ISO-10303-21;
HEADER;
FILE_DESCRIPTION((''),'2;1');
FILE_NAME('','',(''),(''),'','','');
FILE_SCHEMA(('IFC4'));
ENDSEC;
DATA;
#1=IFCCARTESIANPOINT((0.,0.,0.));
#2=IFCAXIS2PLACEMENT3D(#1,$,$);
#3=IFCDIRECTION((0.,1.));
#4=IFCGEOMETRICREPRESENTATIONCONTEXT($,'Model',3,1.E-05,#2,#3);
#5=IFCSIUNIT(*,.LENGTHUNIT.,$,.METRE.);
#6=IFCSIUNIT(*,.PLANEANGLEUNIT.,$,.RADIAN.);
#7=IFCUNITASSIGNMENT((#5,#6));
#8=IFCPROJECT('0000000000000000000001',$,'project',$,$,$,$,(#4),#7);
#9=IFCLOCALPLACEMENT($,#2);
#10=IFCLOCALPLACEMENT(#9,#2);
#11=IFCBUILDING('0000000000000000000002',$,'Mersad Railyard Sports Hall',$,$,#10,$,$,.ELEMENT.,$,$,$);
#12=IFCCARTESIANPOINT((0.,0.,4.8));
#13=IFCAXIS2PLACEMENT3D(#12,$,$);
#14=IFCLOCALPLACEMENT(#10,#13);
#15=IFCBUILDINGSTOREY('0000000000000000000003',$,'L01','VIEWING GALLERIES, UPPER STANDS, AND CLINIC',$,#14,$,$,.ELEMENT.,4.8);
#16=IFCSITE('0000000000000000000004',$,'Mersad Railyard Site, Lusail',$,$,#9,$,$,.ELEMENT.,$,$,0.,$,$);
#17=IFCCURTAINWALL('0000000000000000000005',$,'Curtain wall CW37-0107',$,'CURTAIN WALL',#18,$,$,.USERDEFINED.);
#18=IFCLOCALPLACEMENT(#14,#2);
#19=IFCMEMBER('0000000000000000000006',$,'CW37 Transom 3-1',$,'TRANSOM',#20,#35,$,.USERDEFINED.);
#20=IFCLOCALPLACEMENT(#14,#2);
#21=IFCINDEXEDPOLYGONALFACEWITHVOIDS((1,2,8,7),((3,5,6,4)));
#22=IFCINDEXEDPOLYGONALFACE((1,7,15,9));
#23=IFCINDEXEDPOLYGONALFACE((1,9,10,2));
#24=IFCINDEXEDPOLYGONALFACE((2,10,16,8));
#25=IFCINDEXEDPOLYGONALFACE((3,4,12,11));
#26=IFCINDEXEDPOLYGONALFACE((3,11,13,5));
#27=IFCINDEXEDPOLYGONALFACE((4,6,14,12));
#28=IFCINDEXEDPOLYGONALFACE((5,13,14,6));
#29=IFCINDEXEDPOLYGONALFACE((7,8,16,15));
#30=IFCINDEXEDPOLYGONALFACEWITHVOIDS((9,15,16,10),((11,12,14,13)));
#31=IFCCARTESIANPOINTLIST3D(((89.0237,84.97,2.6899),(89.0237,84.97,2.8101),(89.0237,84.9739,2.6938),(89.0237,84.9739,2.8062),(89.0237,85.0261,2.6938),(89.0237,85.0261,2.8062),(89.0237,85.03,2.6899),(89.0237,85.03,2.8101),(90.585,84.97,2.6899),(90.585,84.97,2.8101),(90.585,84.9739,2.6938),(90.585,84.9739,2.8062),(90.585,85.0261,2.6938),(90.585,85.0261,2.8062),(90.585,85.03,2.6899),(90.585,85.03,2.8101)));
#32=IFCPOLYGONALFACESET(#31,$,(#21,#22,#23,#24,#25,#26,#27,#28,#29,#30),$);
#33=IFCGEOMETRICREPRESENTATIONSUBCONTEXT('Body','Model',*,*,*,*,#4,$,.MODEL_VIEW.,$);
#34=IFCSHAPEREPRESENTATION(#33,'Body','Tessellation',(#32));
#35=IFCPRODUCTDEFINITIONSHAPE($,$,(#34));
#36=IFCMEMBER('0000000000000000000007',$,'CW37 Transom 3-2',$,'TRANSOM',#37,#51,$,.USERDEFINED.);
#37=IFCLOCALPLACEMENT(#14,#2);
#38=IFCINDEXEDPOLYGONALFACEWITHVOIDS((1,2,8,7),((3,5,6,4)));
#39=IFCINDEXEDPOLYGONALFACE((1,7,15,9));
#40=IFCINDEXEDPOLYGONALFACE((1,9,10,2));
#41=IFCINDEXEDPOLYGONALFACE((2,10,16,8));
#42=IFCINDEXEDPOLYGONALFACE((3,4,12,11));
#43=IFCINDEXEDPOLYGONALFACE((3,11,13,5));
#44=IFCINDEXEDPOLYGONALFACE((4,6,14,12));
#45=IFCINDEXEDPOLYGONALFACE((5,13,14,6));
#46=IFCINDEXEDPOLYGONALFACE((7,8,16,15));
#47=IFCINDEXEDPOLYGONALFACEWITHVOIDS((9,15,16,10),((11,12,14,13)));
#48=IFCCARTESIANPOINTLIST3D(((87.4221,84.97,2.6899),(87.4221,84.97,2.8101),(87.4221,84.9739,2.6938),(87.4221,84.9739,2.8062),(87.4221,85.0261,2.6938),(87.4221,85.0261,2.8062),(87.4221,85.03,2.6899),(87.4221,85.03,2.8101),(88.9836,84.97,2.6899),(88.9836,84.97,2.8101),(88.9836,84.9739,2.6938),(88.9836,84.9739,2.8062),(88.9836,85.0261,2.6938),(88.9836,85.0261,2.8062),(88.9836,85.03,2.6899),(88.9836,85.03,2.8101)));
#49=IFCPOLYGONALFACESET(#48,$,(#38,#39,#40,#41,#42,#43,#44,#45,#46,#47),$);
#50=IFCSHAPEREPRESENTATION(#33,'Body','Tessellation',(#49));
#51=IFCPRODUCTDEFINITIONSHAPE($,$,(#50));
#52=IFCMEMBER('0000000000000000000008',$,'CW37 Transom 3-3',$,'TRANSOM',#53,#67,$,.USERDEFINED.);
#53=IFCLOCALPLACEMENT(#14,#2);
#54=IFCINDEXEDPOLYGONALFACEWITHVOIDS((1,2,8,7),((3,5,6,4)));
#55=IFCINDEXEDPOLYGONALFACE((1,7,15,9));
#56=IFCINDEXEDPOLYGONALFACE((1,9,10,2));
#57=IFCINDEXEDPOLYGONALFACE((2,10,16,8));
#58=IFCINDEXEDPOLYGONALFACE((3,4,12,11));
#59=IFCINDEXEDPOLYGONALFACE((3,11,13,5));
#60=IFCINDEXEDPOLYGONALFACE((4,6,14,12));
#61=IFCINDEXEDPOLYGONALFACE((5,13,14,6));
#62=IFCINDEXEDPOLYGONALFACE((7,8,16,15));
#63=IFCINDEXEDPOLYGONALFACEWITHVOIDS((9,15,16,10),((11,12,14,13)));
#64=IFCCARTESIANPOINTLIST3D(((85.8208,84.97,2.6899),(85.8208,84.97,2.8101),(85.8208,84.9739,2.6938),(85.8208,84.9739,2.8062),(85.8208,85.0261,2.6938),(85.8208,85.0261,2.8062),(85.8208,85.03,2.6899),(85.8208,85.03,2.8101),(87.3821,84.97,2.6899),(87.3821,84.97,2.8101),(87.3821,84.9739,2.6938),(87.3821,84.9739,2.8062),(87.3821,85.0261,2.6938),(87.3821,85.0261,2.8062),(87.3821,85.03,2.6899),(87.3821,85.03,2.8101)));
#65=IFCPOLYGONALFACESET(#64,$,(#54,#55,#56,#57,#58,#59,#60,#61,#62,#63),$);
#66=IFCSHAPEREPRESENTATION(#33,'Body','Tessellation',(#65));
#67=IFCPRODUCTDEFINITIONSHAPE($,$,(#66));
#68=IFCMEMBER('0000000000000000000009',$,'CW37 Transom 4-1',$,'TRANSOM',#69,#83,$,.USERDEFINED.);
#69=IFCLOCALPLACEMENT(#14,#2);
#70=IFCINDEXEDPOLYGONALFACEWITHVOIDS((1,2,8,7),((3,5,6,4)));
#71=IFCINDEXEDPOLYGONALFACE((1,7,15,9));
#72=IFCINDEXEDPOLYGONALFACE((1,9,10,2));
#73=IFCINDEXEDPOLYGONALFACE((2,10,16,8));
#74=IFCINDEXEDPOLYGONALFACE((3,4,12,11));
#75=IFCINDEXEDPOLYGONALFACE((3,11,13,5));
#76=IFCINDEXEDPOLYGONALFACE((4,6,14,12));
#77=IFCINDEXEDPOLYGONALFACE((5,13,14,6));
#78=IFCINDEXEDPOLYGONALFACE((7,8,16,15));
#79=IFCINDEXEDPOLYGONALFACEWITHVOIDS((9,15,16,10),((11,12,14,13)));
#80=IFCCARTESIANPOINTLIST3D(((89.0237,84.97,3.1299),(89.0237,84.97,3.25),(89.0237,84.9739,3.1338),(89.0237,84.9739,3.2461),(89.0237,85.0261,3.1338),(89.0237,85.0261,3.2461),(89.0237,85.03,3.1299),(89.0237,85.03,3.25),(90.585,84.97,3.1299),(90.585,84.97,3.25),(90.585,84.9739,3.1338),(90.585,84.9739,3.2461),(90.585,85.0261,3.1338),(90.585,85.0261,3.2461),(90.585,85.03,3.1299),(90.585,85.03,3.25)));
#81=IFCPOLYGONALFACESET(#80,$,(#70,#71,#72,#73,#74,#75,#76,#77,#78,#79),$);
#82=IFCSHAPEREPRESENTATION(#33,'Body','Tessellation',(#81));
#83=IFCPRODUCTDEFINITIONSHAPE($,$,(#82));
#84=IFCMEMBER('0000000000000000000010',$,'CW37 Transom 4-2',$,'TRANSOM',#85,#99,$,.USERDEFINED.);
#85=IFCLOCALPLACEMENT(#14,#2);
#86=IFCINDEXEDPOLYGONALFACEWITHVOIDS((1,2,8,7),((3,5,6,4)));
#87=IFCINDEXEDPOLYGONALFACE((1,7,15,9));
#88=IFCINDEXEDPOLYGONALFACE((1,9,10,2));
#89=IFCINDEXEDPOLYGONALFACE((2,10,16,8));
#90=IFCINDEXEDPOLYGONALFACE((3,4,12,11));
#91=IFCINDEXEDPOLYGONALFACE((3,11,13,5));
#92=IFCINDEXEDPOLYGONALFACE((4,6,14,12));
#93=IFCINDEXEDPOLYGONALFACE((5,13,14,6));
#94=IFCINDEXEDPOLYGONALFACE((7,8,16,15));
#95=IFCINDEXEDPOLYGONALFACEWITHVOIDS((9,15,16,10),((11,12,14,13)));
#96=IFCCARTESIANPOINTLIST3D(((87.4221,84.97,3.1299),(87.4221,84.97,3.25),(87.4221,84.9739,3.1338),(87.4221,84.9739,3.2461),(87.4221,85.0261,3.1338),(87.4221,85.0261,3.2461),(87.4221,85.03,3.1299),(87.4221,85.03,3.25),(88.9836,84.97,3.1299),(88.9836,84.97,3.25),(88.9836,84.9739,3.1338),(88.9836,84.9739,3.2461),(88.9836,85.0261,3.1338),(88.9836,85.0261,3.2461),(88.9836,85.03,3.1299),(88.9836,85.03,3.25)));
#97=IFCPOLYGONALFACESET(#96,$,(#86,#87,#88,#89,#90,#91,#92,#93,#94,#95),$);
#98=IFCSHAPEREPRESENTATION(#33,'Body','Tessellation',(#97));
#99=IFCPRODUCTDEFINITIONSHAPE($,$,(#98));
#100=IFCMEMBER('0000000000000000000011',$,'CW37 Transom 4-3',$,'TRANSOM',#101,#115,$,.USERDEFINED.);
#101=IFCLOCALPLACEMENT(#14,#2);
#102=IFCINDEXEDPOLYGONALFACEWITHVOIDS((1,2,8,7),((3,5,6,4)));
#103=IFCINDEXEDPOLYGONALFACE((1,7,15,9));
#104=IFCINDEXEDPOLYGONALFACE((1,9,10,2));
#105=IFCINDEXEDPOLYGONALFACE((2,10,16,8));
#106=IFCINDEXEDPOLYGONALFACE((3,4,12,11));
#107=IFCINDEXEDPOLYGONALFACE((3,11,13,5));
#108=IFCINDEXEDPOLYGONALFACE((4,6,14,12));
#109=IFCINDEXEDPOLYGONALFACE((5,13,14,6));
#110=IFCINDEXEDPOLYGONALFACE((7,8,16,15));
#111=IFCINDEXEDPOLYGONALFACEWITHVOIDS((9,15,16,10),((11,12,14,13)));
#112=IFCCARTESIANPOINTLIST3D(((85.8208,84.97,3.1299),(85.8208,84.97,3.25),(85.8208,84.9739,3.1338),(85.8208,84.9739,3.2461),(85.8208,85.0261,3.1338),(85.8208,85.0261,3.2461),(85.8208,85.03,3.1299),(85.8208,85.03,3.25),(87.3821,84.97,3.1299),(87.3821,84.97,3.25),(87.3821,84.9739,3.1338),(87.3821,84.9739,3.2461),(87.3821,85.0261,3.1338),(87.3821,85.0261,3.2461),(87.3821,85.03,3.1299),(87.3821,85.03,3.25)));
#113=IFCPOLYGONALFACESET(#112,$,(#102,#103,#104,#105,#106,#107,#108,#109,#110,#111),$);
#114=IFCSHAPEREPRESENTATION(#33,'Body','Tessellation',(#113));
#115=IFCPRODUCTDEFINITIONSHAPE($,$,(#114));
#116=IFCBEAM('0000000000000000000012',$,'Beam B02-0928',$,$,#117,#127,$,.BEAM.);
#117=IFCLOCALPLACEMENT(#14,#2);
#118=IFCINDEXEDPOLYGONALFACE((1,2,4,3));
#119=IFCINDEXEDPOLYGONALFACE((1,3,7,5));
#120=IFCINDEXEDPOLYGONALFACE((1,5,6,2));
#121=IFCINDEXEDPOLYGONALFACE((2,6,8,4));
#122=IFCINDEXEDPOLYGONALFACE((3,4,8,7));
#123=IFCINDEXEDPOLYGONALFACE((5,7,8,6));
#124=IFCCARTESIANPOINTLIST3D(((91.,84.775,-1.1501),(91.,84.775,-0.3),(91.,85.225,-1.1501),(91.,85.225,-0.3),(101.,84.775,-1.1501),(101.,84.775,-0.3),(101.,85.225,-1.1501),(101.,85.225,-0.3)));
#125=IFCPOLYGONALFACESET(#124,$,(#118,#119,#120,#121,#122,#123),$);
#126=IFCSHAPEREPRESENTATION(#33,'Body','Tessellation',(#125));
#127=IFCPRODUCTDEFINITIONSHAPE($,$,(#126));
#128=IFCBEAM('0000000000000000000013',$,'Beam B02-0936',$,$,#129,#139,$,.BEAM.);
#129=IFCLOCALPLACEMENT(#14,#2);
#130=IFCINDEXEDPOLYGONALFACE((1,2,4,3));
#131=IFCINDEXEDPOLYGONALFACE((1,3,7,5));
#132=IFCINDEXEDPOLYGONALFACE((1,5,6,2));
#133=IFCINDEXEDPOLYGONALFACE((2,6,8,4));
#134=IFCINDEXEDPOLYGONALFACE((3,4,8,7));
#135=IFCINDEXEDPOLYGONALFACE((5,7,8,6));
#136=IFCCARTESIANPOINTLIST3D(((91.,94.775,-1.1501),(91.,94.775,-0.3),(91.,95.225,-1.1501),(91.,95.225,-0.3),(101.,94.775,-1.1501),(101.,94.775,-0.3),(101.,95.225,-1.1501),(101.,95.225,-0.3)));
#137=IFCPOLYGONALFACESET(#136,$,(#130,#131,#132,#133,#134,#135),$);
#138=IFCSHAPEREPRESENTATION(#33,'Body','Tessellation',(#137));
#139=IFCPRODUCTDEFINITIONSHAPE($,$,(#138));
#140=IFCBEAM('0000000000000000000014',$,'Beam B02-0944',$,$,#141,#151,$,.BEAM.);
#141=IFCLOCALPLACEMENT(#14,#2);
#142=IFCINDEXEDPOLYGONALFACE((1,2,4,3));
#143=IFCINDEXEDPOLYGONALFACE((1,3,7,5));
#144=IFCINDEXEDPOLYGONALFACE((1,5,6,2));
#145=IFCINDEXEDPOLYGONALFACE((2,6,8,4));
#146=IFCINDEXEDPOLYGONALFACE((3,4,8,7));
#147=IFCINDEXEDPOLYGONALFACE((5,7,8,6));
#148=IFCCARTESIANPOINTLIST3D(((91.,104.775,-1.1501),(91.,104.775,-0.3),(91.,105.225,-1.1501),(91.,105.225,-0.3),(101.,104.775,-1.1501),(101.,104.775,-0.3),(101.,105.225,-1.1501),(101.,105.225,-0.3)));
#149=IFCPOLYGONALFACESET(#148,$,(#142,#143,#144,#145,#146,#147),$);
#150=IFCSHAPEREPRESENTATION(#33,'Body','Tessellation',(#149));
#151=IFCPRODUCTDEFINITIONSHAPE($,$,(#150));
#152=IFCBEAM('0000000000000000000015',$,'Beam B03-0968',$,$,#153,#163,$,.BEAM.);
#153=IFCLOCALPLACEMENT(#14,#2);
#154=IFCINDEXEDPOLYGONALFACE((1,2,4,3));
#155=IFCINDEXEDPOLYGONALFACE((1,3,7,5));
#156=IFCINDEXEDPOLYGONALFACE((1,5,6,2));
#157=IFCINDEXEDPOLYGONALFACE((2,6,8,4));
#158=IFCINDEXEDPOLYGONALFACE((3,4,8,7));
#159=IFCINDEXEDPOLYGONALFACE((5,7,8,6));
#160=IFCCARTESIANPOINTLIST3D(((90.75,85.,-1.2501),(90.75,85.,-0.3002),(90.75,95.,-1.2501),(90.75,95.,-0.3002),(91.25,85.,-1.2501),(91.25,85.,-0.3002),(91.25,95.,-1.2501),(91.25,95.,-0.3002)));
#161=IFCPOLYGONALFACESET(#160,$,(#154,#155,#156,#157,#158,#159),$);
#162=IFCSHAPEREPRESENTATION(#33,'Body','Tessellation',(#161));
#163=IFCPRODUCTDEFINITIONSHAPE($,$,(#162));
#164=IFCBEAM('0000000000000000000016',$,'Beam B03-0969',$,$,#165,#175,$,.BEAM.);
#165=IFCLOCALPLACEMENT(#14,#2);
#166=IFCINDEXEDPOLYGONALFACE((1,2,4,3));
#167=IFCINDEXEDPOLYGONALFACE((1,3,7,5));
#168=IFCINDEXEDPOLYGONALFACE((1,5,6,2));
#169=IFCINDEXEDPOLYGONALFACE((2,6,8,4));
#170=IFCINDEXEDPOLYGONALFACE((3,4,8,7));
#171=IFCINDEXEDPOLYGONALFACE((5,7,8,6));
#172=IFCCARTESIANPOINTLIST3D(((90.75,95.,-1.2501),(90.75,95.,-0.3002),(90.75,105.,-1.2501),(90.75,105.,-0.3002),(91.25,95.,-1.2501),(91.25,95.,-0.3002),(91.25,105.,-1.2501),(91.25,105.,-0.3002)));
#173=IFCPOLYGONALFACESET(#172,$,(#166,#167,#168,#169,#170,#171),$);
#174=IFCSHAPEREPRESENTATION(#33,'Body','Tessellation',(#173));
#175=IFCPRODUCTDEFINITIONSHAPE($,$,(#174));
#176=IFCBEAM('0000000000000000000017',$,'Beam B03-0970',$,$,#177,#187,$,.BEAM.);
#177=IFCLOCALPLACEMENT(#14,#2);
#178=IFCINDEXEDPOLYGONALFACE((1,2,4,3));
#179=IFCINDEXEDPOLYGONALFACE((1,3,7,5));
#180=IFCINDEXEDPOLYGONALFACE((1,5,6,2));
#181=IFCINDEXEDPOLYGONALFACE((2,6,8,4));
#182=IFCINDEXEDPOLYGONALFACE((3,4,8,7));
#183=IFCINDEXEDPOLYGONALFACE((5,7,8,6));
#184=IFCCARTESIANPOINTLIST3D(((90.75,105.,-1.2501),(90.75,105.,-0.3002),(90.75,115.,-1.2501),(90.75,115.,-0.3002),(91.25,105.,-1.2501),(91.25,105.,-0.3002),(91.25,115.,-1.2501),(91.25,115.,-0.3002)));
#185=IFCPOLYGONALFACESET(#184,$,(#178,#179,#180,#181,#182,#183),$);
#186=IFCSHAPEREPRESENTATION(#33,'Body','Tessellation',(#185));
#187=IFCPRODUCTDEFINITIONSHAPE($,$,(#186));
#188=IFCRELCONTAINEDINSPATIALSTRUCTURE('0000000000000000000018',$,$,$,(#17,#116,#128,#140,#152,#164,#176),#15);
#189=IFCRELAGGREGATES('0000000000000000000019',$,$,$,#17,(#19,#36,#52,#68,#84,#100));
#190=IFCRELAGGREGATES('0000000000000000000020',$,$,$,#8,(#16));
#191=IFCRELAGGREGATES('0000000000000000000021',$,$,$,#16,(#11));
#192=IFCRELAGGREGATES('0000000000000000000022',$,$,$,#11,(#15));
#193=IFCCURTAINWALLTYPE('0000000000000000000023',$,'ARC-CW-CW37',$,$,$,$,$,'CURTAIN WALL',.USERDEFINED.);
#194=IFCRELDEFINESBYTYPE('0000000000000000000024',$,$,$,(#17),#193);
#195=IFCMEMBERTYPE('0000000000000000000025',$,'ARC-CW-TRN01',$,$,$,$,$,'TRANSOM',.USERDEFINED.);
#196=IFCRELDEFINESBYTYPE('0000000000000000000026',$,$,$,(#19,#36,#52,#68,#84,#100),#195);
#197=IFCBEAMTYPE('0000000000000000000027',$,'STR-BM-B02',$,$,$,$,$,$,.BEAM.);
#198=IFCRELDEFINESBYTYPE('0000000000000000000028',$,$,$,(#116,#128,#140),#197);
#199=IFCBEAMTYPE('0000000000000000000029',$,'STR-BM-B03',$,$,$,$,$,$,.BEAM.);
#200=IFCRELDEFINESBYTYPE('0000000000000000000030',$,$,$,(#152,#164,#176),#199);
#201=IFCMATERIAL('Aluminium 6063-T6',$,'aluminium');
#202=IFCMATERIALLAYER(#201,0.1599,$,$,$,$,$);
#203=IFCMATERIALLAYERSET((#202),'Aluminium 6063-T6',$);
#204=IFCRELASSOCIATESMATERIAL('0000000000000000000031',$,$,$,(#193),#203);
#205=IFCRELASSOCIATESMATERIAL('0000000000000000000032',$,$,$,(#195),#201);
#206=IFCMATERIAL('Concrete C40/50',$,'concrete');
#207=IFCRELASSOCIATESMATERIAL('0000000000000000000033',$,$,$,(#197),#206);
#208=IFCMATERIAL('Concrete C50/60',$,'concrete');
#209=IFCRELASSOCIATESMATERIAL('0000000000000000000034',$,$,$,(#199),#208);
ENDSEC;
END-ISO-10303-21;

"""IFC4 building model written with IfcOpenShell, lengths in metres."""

from ifc_helpers import new_model, si_unit, direction, frame, origin, origin_2d, place, context, subcontext, project, spatial, rectangle, hollow_rectangle, extrude, material, layer, layer_set, material_profile, profile_set, type_object, element, aggregate, save


model = new_model("IFC4")

# Units and contexts
model_context = context("Model", 3, precision=1e-05, world=origin(), true_north=direction((0.0, 1.0)))
body_context = subcontext(model_context, "Body", "Model", "MODEL_VIEW")
ifc_project = project(units=[si_unit("LENGTHUNIT", "METRE"), si_unit("PLANEANGLEUNIT", "RADIAN")], contexts=[model_context])

# Site, building, storey
site_placement = place(None, origin())
site = spatial("IfcSite", under=ifc_project, at=site_placement, Name="Mersad Railyard Site, Lusail", CompositionType="ELEMENT", RefElevation=0.0)
building_placement = place(site_placement, origin())
building = spatial("IfcBuilding", under=site, at=building_placement, Name="Mersad Railyard Sports Hall", CompositionType="ELEMENT")
storey_placement = place(building_placement, frame((0.0, 0.0, 4.8)))
storey = spatial("IfcBuildingStorey", under=building, at=storey_placement, Name="L01", Description="VIEWING GALLERIES, UPPER STANDS, AND CLINIC", CompositionType="ELEMENT", Elevation=4.8)

# Shared definitions
ifc_material_1 = material(Name="Concrete C50/60", Category="concrete")

# Curtain wall, members
ifc_material_2 = material(Name="Aluminium 6063-T6", Category="aluminium")
ifc_layer_1 = layer(ifc_material_2, 0.1599)
ifc_layer_set_1 = layer_set([ifc_layer_1], Name="Aluminium 6063-T6")
curtain_wall_type = type_object("IfcCurtainWallType", Name="ARC-CW-CW37", ElementType="CURTAIN WALL", PredefinedType="USERDEFINED", material=ifc_layer_set_1)
curtain_wall_placement = place(storey_placement, origin())
curtain_wall = element("IfcCurtainWall", 1, at=curtain_wall_placement, inside=storey, type_object=curtain_wall_type, Name="Curtain wall CW37-0107", ObjectType="CURTAIN WALL", PredefinedType="USERDEFINED")
ifc_material_profile_1 = material_profile(ifc_material_2, hollow_rectangle(XDim=0.0601, YDim=0.1201, WallThickness=0.0039, at=origin_2d()), Name="AL TRANSOM 60x120x4")
ifc_profile_set_1 = profile_set([ifc_material_profile_1], Name="Aluminium 6063-T6")
member_type_1 = type_object("IfcMemberType", Name="ARC-CW-TRN01", ElementType="TRANSOM", PredefinedType="USERDEFINED", material=ifc_profile_set_1)
member_1_placement = place(storey_placement, frame((90.585, 85.0, 2.75), z_axis=(-1.0, 0.0, 0.0), x_axis=(0.0, -1.0, 0.0)))
member_1 = element("IfcMember", 2, at=member_1_placement, type_object=member_type_1, Name="CW37 Transom 3-1", ObjectType="TRANSOM", PredefinedType="USERDEFINED", context=body_context, shape_type="SweptSolid", body=[
    extrude(hollow_rectangle(XDim=0.0601, YDim=0.1201, WallThickness=0.0039, at=origin_2d()), origin(), (0.0, 0.0, 1.0), 1.5613),
])
member_2_placement = place(storey_placement, frame((88.9836, 85.0, 2.75), z_axis=(-1.0, 0.0, 0.0), x_axis=(0.0, -1.0, 0.0)))
member_2 = element("IfcMember", 3, at=member_2_placement, type_object=member_type_1, Name="CW37 Transom 3-2", ObjectType="TRANSOM", PredefinedType="USERDEFINED", context=body_context, shape_type="SweptSolid", body=[
    extrude(hollow_rectangle(XDim=0.0601, YDim=0.1201, WallThickness=0.0039, at=origin_2d()), origin(), (0.0, 0.0, 1.0), 1.5615),
])
member_3_placement = place(storey_placement, frame((87.3821, 85.0, 2.75), z_axis=(-1.0, 0.0, 0.0), x_axis=(0.0, -1.0, 0.0)))
member_3 = element("IfcMember", 4, at=member_3_placement, type_object=member_type_1, Name="CW37 Transom 3-3", ObjectType="TRANSOM", PredefinedType="USERDEFINED", context=body_context, shape_type="SweptSolid", body=[
    extrude(hollow_rectangle(XDim=0.0601, YDim=0.1201, WallThickness=0.0039, at=origin_2d()), origin(), (0.0, 0.0, 1.0), 1.5613),
])
member_4_placement = place(storey_placement, frame((90.585, 85.0, 3.1899), z_axis=(-1.0, 0.0, 0.0), x_axis=(0.0, -1.0, 0.0)))
member_4 = element("IfcMember", 5, at=member_4_placement, type_object=member_type_1, Name="CW37 Transom 4-1", ObjectType="TRANSOM", PredefinedType="USERDEFINED", context=body_context, shape_type="SweptSolid", body=[
    extrude(hollow_rectangle(XDim=0.0601, YDim=0.1201, WallThickness=0.0039, at=origin_2d()), origin(), (0.0, 0.0, 1.0), 1.5613),
])
member_5_placement = place(storey_placement, frame((88.9836, 85.0, 3.1899), z_axis=(-1.0, 0.0, 0.0), x_axis=(0.0, -1.0, 0.0)))
member_5 = element("IfcMember", 6, at=member_5_placement, type_object=member_type_1, Name="CW37 Transom 4-2", ObjectType="TRANSOM", PredefinedType="USERDEFINED", context=body_context, shape_type="SweptSolid", body=[
    extrude(hollow_rectangle(XDim=0.0601, YDim=0.1201, WallThickness=0.0039, at=origin_2d()), origin(), (0.0, 0.0, 1.0), 1.5615),
])
member_6_placement = place(storey_placement, frame((87.3821, 85.0, 3.1899), z_axis=(-1.0, 0.0, 0.0), x_axis=(0.0, -1.0, 0.0)))
member_6 = element("IfcMember", 7, at=member_6_placement, type_object=member_type_1, Name="CW37 Transom 4-3", ObjectType="TRANSOM", PredefinedType="USERDEFINED", context=body_context, shape_type="SweptSolid", body=[
    extrude(hollow_rectangle(XDim=0.0601, YDim=0.1201, WallThickness=0.0039, at=origin_2d()), origin(), (0.0, 0.0, 1.0), 1.5613),
])

# Beams
ifc_material_3 = material(Name="Concrete C40/50", Category="concrete")
ifc_material_profile_2 = material_profile(ifc_material_3, rectangle(XDim=0.45, YDim=0.8501, at=origin_2d()), Name="RC 450x850")
ifc_profile_set_2 = profile_set([ifc_material_profile_2], Name="Concrete C40/50")
beam_type_1 = type_object("IfcBeamType", Name="STR-BM-B02", PredefinedType="BEAM", material=ifc_profile_set_2)
for number, where, z_axis, x_axis, name in (
    (8, (91.0, 85.0, -0.7251), (1.0, 0.0, 0.0), (0.0, 1.0, 0.0), "Beam B02-0928"),
    (9, (91.0, 95.0, -0.7251), (1.0, 0.0, 0.0), (0.0, 1.0, 0.0), "Beam B02-0936"),
    (10, (91.0, 105.0, -0.7251), (1.0, 0.0, 0.0), (0.0, 1.0, 0.0), "Beam B02-0944"),
):
    element("IfcBeam", number, at=place(storey_placement, frame(where, z_axis=z_axis, x_axis=x_axis)), inside=storey, type_object=beam_type_1, Name=name, PredefinedType="BEAM", context=body_context, shape_type="SweptSolid", body=[
        extrude(rectangle(XDim=0.45, YDim=0.8501, at=origin_2d()), origin(), (0.0, 0.0, 1.0), 10.0),
    ])
ifc_material_profile_3 = material_profile(ifc_material_1, rectangle(XDim=0.5, YDim=0.95, at=origin_2d()), Name="RC 500x950")
ifc_profile_set_3 = profile_set([ifc_material_profile_3], Name="Concrete C50/60")
beam_type_2 = type_object("IfcBeamType", Name="STR-BM-B03", PredefinedType="BEAM", material=ifc_profile_set_3)
for number, where, z_axis, x_axis, name in (
    (11, (91.0, 85.0, -0.7751), (0.0, 1.0, 0.0), (-1.0, 0.0, 0.0), "Beam B03-0968"),
    (12, (91.0, 95.0, -0.7751), (0.0, 1.0, 0.0), (-1.0, 0.0, 0.0), "Beam B03-0969"),
    (13, (91.0, 105.0, -0.7751), (0.0, 1.0, 0.0), (-1.0, 0.0, 0.0), "Beam B03-0970"),
):
    element("IfcBeam", number, at=place(storey_placement, frame(where, z_axis=z_axis, x_axis=x_axis)), inside=storey, type_object=beam_type_2, Name=name, PredefinedType="BEAM", context=body_context, shape_type="SweptSolid", body=[
        extrude(rectangle(XDim=0.5, YDim=0.95, at=origin_2d()), origin(), (0.0, 0.0, 1.0), 10.0),
    ])

aggregate(curtain_wall, [member_1, member_2, member_3, member_4, member_5, member_6])

save(model, "model.ifc")
